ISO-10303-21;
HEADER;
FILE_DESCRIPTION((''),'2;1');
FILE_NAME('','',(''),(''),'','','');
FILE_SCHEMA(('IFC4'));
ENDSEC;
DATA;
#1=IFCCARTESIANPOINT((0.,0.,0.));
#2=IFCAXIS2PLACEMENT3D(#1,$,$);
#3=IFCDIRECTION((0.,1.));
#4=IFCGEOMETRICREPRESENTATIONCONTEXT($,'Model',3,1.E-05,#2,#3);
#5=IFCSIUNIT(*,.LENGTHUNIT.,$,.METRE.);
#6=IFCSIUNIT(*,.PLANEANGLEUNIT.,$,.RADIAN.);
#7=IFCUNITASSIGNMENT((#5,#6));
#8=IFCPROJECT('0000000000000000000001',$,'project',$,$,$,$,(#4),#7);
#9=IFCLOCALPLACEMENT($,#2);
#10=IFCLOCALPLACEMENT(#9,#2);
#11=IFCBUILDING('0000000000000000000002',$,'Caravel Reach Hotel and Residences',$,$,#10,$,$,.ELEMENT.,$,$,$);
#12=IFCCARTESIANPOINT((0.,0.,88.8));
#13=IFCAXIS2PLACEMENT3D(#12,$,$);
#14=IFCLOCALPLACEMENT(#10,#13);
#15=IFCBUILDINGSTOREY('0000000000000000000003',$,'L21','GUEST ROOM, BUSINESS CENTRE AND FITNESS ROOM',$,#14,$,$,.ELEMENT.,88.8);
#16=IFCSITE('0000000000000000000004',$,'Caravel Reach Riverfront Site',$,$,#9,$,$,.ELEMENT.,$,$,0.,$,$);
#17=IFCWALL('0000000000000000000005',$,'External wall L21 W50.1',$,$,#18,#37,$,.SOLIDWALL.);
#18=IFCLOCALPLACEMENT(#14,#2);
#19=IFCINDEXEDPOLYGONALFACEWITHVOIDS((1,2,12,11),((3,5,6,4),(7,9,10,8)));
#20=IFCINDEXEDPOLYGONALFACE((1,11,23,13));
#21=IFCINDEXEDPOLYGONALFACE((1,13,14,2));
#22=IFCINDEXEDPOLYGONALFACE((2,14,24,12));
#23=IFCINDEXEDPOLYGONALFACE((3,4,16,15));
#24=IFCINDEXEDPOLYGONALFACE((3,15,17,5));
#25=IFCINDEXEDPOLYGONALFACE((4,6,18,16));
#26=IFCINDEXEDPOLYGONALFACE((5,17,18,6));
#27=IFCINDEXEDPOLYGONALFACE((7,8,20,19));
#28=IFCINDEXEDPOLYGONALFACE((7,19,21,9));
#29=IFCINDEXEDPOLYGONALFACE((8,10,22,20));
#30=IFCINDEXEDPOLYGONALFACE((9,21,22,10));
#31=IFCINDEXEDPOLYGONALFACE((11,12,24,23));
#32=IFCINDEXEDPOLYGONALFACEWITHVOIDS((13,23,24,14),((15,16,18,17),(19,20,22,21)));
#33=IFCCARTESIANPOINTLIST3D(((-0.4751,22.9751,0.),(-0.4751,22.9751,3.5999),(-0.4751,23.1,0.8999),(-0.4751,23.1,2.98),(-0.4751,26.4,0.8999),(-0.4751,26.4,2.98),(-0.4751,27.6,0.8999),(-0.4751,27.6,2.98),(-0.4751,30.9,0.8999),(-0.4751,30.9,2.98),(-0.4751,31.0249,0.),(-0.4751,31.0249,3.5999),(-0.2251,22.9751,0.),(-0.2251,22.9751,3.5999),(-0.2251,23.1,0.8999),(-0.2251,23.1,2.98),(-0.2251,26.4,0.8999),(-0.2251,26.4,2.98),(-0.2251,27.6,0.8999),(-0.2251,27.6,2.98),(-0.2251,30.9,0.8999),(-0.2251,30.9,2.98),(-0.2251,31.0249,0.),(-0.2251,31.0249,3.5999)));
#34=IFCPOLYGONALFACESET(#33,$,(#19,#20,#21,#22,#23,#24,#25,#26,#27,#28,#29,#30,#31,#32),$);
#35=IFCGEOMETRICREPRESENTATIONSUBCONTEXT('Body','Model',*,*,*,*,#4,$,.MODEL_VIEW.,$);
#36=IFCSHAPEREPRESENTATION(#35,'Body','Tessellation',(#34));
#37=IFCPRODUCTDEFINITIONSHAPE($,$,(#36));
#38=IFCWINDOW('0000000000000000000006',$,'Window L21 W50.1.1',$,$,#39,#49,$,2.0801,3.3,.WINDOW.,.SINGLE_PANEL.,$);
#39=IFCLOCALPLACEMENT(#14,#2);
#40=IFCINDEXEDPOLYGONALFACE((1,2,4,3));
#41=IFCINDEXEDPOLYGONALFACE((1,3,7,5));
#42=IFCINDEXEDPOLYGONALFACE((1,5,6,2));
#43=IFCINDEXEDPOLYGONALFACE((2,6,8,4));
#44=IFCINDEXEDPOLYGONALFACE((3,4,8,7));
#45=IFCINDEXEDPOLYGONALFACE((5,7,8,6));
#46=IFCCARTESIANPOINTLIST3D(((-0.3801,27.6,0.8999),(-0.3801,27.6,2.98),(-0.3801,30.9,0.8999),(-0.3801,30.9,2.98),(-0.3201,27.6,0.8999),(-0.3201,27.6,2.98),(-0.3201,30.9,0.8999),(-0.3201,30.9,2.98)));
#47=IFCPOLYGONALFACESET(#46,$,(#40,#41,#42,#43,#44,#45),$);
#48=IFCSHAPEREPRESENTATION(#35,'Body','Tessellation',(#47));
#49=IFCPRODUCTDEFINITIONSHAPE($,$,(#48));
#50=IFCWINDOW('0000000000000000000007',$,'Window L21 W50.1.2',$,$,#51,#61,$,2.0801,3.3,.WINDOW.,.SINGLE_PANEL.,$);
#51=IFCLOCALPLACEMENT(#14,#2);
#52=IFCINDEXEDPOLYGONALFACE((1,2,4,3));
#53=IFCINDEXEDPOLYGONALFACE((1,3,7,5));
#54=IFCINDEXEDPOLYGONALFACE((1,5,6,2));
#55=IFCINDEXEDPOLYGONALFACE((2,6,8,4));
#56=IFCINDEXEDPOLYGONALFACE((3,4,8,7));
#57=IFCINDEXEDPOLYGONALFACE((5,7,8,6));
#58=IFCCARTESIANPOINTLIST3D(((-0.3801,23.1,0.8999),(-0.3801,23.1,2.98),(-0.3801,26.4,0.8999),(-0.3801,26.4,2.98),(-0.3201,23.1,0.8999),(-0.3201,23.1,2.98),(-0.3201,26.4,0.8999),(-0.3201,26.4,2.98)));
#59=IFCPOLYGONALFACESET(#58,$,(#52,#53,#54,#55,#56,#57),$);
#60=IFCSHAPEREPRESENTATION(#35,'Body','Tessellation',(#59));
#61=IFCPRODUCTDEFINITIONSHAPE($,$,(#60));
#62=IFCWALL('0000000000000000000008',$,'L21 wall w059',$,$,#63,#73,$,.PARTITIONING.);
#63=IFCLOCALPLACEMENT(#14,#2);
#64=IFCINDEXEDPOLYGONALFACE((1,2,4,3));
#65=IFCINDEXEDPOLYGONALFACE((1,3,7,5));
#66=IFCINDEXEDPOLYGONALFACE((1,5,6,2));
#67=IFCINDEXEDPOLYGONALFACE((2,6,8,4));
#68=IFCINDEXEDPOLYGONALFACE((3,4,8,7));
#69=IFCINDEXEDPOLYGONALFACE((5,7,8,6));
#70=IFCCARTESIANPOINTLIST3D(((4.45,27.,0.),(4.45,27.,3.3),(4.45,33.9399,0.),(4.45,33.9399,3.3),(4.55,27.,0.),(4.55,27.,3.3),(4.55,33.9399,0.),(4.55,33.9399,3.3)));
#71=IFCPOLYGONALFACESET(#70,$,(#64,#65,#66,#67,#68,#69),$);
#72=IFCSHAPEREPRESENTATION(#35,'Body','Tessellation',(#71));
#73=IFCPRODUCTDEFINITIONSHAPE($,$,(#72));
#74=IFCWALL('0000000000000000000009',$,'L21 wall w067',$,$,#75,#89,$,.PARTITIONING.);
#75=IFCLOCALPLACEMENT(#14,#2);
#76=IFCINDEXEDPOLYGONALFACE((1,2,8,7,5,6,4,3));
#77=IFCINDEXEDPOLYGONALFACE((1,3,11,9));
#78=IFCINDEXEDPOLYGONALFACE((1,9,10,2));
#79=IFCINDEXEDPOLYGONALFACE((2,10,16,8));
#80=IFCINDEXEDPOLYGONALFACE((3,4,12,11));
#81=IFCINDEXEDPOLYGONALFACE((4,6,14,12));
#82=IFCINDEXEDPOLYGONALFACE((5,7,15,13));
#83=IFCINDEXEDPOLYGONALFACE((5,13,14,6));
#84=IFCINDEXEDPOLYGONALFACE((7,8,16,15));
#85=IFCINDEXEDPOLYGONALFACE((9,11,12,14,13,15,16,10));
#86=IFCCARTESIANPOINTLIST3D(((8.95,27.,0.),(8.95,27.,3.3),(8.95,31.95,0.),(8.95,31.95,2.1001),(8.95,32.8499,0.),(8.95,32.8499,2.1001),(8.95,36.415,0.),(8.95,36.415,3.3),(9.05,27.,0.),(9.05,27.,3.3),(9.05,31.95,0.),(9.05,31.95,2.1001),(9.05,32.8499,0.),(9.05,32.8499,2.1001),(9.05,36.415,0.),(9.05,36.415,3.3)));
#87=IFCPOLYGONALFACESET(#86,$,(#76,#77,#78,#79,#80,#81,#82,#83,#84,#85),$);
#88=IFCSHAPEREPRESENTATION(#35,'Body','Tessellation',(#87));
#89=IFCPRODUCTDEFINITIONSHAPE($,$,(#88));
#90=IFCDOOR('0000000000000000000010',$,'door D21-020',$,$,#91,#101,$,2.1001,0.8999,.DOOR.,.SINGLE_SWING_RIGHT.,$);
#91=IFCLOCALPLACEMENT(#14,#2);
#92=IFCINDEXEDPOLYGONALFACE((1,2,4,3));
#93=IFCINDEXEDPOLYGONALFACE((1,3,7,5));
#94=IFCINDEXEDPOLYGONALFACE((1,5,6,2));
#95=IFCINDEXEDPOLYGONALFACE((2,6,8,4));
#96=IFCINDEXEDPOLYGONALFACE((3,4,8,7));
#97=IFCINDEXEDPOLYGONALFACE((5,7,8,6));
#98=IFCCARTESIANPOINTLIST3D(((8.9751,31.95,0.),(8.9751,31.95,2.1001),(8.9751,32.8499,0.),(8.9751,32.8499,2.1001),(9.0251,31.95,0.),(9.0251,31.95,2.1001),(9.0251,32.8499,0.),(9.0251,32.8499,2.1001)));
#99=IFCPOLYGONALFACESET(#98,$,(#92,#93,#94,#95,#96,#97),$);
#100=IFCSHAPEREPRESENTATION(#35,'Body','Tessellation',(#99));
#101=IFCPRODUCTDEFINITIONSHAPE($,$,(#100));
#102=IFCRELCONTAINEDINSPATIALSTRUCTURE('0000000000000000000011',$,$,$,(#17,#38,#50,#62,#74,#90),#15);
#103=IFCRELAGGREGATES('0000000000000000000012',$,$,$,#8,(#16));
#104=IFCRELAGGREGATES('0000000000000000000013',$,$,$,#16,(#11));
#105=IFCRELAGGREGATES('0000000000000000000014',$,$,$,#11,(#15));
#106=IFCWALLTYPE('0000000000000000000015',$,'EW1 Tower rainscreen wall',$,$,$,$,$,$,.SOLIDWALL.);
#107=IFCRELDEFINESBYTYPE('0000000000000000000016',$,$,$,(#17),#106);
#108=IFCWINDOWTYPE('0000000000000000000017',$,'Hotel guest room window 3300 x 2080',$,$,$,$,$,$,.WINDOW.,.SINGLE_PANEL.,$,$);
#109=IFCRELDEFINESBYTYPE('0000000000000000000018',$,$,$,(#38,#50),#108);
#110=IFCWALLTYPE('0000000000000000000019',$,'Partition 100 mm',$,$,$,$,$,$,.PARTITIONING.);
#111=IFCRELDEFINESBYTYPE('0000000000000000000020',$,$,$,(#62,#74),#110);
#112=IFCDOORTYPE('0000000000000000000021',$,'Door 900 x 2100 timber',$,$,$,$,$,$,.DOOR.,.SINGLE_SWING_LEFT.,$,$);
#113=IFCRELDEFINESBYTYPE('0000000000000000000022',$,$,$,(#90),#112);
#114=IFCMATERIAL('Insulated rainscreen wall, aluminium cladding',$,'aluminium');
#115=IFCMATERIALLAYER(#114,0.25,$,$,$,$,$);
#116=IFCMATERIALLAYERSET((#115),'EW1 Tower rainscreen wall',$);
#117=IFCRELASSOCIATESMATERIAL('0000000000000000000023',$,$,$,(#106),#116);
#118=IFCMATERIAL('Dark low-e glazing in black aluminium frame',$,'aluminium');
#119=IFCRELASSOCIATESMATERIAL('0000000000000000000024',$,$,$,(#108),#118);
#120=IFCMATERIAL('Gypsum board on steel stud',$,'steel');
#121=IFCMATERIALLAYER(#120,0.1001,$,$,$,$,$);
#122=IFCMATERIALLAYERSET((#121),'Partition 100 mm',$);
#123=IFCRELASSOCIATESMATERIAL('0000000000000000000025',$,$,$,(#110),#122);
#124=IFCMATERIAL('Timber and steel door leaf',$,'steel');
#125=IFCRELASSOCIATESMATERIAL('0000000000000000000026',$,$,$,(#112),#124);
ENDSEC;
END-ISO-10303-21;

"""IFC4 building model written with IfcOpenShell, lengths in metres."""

from ifc_helpers import new_model, si_unit, direction, frame, frame_2d, origin, place, context, subcontext, project, spatial, rectangle, extrude, material, layer, layer_set, type_object, element, fill, save


model = new_model("IFC4")

# Units and contexts
model_context = context("Model", 3, precision=1e-05, world=origin(), true_north=direction((0.0, 1.0)))
body_context = subcontext(model_context, "Body", "Model", "MODEL_VIEW")
ifc_project = project(units=[si_unit("LENGTHUNIT", "METRE"), si_unit("PLANEANGLEUNIT", "RADIAN")], contexts=[model_context])

# Site, building, storey
site_placement = place(None, origin())
site = spatial("IfcSite", under=ifc_project, at=site_placement, Name="Caravel Reach Riverfront Site", CompositionType="ELEMENT", RefElevation=0.0)
building_placement = place(site_placement, origin())
building = spatial("IfcBuilding", under=site, at=building_placement, Name="Caravel Reach Hotel and Residences", CompositionType="ELEMENT")
storey_placement = place(building_placement, frame((0.0, 0.0, 88.8)))
storey = spatial("IfcBuildingStorey", under=building, at=storey_placement, Name="L21", Description="GUEST ROOM, BUSINESS CENTRE AND FITNESS ROOM", CompositionType="ELEMENT", Elevation=88.8)

# Shared definitions
ifc_material_1 = material(Name="Insulated rainscreen wall, aluminium cladding", Category="aluminium")
ifc_layer_1 = layer(ifc_material_1, 0.25)
ifc_layer_set_1 = layer_set([ifc_layer_1], Name="EW1 Tower rainscreen wall")
wall_type_1 = type_object("IfcWallType", Name="EW1 Tower rainscreen wall", PredefinedType="SOLIDWALL", material=ifc_layer_set_1)

# Wall, openings, windows
wall_1_placement = place(storey_placement, frame((-0.3501, 31.0249, 0.0), z_axis=(0.0, 0.0, 1.0), x_axis=(0.0, -1.0, 0.0)))
wall_1 = element("IfcWall", 1, at=wall_1_placement, inside=storey, type_object=wall_type_1, Name="External wall L21 W50.1", PredefinedType="SOLIDWALL", context=body_context, shape_type="SweptSolid", body=[
    extrude(rectangle(XDim=8.0498, YDim=0.25, at=frame_2d((4.0249, 0.0))), origin(), (0.0, 0.0, 1.0), 3.5999),
])
opening_1_placement = place(wall_1_placement, frame((0.125, 0.0, 0.8999)))
opening_1 = element("IfcOpeningElement", 2, at=opening_1_placement, cuts=wall_1, PredefinedType="OPENING", context=body_context, shape_type="SweptSolid", body=[
    extrude(rectangle(XDim=3.3, YDim=2.0801, at=frame_2d((1.6499, 1.04))), frame((0.0, 0.135, 0.0), z_axis=(0.0, -1.0, 0.0), x_axis=(1.0, 0.0, 0.0)), (0.0, 0.0, 1.0), 0.27),
])
opening_2_placement = place(wall_1_placement, frame((4.625, 0.0, 0.8999)))
opening_2 = element("IfcOpeningElement", 3, at=opening_2_placement, cuts=wall_1, PredefinedType="OPENING", context=body_context, shape_type="SweptSolid", body=[
    extrude(rectangle(XDim=3.3, YDim=2.0801, at=frame_2d((1.6499, 1.04))), frame((0.0, 0.135, 0.0), z_axis=(0.0, -1.0, 0.0), x_axis=(1.0, 0.0, 0.0)), (0.0, 0.0, 1.0), 0.27),
])
ifc_material_2 = material(Name="Dark low-e glazing in black aluminium frame", Category="aluminium")
window_type_1 = type_object("IfcWindowType", Name="Hotel guest room window 3300 x 2080", PartitioningType="SINGLE_PANEL", PredefinedType="WINDOW", material=ifc_material_2)
window_1_placement = place(opening_1_placement, origin())
window_1 = element("IfcWindow", 4, at=window_1_placement, inside=storey, type_object=window_type_1, Name="Window L21 W50.1.1", OverallHeight=2.0801, OverallWidth=3.3, PartitioningType="SINGLE_PANEL", PredefinedType="WINDOW", context=body_context, shape_type="SweptSolid", body=[
    extrude(rectangle(XDim=3.3, YDim=2.0801, at=frame_2d((1.6499, 1.04))), frame((0.0, 0.03, 0.0), z_axis=(0.0, -1.0, 0.0), x_axis=(1.0, 0.0, 0.0)), (0.0, 0.0, 1.0), 0.0601),
])
fill(opening_1, window_1)
window_2_placement = place(opening_2_placement, origin())
window_2 = element("IfcWindow", 5, at=window_2_placement, inside=storey, type_object=window_type_1, Name="Window L21 W50.1.2", OverallHeight=2.0801, OverallWidth=3.3, PartitioningType="SINGLE_PANEL", PredefinedType="WINDOW", context=body_context, shape_type="SweptSolid", body=[
    extrude(rectangle(XDim=3.3, YDim=2.0801, at=frame_2d((1.6499, 1.04))), frame((0.0, 0.03, 0.0), z_axis=(0.0, -1.0, 0.0), x_axis=(1.0, 0.0, 0.0)), (0.0, 0.0, 1.0), 0.0601),
])
fill(opening_2, window_2)

# Wall
ifc_material_3 = material(Name="Gypsum board on steel stud", Category="steel")
ifc_layer_2 = layer(ifc_material_3, 0.1001)
ifc_layer_set_2 = layer_set([ifc_layer_2], Name="Partition 100 mm")
wall_type_2 = type_object("IfcWallType", Name="Partition 100 mm", PredefinedType="PARTITIONING", material=ifc_layer_set_2)
wall_2_placement = place(storey_placement, frame((4.5, 27.0, 0.0), z_axis=(0.0, 0.0, 1.0), x_axis=(0.0, 1.0, 0.0)))
element("IfcWall", 6, at=wall_2_placement, inside=storey, type_object=wall_type_2, Name="L21 wall w059", PredefinedType="PARTITIONING", context=body_context, shape_type="SweptSolid", body=[
    extrude(rectangle(XDim=6.9399, YDim=0.1001, at=frame_2d((3.47, 0.0))), origin(), (0.0, 0.0, 1.0), 3.3),
])

# Wall, opening, door
wall_3_placement = place(storey_placement, frame((9.0, 27.0, 0.0), z_axis=(0.0, 0.0, 1.0), x_axis=(0.0, 1.0, 0.0)))
wall_3 = element("IfcWall", 7, at=wall_3_placement, inside=storey, type_object=wall_type_2, Name="L21 wall w067", PredefinedType="PARTITIONING", context=body_context, shape_type="SweptSolid", body=[
    extrude(rectangle(XDim=9.415, YDim=0.1001, at=frame_2d((4.7075, 0.0))), origin(), (0.0, 0.0, 1.0), 3.3),
])
opening_3_placement = place(wall_3_placement, frame((4.95, 0.0, 0.0)))
opening_3 = element("IfcOpeningElement", 8, at=opening_3_placement, cuts=wall_3, PredefinedType="OPENING", context=body_context, shape_type="SweptSolid", body=[
    extrude(rectangle(XDim=0.8999, YDim=2.1001, at=frame_2d((0.45, 1.05))), frame((0.0, 0.0601, 0.0), z_axis=(0.0, -1.0, 0.0), x_axis=(1.0, 0.0, 0.0)), (0.0, 0.0, 1.0), 0.1201),
])
ifc_material_4 = material(Name="Timber and steel door leaf", Category="steel")
door_type_1 = type_object("IfcDoorType", Name="Door 900 x 2100 timber", OperationType="SINGLE_SWING_LEFT", PredefinedType="DOOR", material=ifc_material_4)
door_1_placement = place(opening_3_placement, origin())
door_1 = element("IfcDoor", 9, at=door_1_placement, inside=storey, type_object=door_type_1, Name="door D21-020", OperationType="SINGLE_SWING_RIGHT", OverallHeight=2.1001, OverallWidth=0.8999, PredefinedType="DOOR", context=body_context, shape_type="SweptSolid", body=[
    extrude(rectangle(XDim=0.8999, YDim=2.1001, at=frame_2d((0.45, 1.05))), frame((0.0, 0.0249, 0.0), z_axis=(0.0, -1.0, 0.0), x_axis=(1.0, 0.0, 0.0)), (0.0, 0.0, 1.0), 0.05),
])
fill(opening_3, door_1)

save(model, "model.ifc")
